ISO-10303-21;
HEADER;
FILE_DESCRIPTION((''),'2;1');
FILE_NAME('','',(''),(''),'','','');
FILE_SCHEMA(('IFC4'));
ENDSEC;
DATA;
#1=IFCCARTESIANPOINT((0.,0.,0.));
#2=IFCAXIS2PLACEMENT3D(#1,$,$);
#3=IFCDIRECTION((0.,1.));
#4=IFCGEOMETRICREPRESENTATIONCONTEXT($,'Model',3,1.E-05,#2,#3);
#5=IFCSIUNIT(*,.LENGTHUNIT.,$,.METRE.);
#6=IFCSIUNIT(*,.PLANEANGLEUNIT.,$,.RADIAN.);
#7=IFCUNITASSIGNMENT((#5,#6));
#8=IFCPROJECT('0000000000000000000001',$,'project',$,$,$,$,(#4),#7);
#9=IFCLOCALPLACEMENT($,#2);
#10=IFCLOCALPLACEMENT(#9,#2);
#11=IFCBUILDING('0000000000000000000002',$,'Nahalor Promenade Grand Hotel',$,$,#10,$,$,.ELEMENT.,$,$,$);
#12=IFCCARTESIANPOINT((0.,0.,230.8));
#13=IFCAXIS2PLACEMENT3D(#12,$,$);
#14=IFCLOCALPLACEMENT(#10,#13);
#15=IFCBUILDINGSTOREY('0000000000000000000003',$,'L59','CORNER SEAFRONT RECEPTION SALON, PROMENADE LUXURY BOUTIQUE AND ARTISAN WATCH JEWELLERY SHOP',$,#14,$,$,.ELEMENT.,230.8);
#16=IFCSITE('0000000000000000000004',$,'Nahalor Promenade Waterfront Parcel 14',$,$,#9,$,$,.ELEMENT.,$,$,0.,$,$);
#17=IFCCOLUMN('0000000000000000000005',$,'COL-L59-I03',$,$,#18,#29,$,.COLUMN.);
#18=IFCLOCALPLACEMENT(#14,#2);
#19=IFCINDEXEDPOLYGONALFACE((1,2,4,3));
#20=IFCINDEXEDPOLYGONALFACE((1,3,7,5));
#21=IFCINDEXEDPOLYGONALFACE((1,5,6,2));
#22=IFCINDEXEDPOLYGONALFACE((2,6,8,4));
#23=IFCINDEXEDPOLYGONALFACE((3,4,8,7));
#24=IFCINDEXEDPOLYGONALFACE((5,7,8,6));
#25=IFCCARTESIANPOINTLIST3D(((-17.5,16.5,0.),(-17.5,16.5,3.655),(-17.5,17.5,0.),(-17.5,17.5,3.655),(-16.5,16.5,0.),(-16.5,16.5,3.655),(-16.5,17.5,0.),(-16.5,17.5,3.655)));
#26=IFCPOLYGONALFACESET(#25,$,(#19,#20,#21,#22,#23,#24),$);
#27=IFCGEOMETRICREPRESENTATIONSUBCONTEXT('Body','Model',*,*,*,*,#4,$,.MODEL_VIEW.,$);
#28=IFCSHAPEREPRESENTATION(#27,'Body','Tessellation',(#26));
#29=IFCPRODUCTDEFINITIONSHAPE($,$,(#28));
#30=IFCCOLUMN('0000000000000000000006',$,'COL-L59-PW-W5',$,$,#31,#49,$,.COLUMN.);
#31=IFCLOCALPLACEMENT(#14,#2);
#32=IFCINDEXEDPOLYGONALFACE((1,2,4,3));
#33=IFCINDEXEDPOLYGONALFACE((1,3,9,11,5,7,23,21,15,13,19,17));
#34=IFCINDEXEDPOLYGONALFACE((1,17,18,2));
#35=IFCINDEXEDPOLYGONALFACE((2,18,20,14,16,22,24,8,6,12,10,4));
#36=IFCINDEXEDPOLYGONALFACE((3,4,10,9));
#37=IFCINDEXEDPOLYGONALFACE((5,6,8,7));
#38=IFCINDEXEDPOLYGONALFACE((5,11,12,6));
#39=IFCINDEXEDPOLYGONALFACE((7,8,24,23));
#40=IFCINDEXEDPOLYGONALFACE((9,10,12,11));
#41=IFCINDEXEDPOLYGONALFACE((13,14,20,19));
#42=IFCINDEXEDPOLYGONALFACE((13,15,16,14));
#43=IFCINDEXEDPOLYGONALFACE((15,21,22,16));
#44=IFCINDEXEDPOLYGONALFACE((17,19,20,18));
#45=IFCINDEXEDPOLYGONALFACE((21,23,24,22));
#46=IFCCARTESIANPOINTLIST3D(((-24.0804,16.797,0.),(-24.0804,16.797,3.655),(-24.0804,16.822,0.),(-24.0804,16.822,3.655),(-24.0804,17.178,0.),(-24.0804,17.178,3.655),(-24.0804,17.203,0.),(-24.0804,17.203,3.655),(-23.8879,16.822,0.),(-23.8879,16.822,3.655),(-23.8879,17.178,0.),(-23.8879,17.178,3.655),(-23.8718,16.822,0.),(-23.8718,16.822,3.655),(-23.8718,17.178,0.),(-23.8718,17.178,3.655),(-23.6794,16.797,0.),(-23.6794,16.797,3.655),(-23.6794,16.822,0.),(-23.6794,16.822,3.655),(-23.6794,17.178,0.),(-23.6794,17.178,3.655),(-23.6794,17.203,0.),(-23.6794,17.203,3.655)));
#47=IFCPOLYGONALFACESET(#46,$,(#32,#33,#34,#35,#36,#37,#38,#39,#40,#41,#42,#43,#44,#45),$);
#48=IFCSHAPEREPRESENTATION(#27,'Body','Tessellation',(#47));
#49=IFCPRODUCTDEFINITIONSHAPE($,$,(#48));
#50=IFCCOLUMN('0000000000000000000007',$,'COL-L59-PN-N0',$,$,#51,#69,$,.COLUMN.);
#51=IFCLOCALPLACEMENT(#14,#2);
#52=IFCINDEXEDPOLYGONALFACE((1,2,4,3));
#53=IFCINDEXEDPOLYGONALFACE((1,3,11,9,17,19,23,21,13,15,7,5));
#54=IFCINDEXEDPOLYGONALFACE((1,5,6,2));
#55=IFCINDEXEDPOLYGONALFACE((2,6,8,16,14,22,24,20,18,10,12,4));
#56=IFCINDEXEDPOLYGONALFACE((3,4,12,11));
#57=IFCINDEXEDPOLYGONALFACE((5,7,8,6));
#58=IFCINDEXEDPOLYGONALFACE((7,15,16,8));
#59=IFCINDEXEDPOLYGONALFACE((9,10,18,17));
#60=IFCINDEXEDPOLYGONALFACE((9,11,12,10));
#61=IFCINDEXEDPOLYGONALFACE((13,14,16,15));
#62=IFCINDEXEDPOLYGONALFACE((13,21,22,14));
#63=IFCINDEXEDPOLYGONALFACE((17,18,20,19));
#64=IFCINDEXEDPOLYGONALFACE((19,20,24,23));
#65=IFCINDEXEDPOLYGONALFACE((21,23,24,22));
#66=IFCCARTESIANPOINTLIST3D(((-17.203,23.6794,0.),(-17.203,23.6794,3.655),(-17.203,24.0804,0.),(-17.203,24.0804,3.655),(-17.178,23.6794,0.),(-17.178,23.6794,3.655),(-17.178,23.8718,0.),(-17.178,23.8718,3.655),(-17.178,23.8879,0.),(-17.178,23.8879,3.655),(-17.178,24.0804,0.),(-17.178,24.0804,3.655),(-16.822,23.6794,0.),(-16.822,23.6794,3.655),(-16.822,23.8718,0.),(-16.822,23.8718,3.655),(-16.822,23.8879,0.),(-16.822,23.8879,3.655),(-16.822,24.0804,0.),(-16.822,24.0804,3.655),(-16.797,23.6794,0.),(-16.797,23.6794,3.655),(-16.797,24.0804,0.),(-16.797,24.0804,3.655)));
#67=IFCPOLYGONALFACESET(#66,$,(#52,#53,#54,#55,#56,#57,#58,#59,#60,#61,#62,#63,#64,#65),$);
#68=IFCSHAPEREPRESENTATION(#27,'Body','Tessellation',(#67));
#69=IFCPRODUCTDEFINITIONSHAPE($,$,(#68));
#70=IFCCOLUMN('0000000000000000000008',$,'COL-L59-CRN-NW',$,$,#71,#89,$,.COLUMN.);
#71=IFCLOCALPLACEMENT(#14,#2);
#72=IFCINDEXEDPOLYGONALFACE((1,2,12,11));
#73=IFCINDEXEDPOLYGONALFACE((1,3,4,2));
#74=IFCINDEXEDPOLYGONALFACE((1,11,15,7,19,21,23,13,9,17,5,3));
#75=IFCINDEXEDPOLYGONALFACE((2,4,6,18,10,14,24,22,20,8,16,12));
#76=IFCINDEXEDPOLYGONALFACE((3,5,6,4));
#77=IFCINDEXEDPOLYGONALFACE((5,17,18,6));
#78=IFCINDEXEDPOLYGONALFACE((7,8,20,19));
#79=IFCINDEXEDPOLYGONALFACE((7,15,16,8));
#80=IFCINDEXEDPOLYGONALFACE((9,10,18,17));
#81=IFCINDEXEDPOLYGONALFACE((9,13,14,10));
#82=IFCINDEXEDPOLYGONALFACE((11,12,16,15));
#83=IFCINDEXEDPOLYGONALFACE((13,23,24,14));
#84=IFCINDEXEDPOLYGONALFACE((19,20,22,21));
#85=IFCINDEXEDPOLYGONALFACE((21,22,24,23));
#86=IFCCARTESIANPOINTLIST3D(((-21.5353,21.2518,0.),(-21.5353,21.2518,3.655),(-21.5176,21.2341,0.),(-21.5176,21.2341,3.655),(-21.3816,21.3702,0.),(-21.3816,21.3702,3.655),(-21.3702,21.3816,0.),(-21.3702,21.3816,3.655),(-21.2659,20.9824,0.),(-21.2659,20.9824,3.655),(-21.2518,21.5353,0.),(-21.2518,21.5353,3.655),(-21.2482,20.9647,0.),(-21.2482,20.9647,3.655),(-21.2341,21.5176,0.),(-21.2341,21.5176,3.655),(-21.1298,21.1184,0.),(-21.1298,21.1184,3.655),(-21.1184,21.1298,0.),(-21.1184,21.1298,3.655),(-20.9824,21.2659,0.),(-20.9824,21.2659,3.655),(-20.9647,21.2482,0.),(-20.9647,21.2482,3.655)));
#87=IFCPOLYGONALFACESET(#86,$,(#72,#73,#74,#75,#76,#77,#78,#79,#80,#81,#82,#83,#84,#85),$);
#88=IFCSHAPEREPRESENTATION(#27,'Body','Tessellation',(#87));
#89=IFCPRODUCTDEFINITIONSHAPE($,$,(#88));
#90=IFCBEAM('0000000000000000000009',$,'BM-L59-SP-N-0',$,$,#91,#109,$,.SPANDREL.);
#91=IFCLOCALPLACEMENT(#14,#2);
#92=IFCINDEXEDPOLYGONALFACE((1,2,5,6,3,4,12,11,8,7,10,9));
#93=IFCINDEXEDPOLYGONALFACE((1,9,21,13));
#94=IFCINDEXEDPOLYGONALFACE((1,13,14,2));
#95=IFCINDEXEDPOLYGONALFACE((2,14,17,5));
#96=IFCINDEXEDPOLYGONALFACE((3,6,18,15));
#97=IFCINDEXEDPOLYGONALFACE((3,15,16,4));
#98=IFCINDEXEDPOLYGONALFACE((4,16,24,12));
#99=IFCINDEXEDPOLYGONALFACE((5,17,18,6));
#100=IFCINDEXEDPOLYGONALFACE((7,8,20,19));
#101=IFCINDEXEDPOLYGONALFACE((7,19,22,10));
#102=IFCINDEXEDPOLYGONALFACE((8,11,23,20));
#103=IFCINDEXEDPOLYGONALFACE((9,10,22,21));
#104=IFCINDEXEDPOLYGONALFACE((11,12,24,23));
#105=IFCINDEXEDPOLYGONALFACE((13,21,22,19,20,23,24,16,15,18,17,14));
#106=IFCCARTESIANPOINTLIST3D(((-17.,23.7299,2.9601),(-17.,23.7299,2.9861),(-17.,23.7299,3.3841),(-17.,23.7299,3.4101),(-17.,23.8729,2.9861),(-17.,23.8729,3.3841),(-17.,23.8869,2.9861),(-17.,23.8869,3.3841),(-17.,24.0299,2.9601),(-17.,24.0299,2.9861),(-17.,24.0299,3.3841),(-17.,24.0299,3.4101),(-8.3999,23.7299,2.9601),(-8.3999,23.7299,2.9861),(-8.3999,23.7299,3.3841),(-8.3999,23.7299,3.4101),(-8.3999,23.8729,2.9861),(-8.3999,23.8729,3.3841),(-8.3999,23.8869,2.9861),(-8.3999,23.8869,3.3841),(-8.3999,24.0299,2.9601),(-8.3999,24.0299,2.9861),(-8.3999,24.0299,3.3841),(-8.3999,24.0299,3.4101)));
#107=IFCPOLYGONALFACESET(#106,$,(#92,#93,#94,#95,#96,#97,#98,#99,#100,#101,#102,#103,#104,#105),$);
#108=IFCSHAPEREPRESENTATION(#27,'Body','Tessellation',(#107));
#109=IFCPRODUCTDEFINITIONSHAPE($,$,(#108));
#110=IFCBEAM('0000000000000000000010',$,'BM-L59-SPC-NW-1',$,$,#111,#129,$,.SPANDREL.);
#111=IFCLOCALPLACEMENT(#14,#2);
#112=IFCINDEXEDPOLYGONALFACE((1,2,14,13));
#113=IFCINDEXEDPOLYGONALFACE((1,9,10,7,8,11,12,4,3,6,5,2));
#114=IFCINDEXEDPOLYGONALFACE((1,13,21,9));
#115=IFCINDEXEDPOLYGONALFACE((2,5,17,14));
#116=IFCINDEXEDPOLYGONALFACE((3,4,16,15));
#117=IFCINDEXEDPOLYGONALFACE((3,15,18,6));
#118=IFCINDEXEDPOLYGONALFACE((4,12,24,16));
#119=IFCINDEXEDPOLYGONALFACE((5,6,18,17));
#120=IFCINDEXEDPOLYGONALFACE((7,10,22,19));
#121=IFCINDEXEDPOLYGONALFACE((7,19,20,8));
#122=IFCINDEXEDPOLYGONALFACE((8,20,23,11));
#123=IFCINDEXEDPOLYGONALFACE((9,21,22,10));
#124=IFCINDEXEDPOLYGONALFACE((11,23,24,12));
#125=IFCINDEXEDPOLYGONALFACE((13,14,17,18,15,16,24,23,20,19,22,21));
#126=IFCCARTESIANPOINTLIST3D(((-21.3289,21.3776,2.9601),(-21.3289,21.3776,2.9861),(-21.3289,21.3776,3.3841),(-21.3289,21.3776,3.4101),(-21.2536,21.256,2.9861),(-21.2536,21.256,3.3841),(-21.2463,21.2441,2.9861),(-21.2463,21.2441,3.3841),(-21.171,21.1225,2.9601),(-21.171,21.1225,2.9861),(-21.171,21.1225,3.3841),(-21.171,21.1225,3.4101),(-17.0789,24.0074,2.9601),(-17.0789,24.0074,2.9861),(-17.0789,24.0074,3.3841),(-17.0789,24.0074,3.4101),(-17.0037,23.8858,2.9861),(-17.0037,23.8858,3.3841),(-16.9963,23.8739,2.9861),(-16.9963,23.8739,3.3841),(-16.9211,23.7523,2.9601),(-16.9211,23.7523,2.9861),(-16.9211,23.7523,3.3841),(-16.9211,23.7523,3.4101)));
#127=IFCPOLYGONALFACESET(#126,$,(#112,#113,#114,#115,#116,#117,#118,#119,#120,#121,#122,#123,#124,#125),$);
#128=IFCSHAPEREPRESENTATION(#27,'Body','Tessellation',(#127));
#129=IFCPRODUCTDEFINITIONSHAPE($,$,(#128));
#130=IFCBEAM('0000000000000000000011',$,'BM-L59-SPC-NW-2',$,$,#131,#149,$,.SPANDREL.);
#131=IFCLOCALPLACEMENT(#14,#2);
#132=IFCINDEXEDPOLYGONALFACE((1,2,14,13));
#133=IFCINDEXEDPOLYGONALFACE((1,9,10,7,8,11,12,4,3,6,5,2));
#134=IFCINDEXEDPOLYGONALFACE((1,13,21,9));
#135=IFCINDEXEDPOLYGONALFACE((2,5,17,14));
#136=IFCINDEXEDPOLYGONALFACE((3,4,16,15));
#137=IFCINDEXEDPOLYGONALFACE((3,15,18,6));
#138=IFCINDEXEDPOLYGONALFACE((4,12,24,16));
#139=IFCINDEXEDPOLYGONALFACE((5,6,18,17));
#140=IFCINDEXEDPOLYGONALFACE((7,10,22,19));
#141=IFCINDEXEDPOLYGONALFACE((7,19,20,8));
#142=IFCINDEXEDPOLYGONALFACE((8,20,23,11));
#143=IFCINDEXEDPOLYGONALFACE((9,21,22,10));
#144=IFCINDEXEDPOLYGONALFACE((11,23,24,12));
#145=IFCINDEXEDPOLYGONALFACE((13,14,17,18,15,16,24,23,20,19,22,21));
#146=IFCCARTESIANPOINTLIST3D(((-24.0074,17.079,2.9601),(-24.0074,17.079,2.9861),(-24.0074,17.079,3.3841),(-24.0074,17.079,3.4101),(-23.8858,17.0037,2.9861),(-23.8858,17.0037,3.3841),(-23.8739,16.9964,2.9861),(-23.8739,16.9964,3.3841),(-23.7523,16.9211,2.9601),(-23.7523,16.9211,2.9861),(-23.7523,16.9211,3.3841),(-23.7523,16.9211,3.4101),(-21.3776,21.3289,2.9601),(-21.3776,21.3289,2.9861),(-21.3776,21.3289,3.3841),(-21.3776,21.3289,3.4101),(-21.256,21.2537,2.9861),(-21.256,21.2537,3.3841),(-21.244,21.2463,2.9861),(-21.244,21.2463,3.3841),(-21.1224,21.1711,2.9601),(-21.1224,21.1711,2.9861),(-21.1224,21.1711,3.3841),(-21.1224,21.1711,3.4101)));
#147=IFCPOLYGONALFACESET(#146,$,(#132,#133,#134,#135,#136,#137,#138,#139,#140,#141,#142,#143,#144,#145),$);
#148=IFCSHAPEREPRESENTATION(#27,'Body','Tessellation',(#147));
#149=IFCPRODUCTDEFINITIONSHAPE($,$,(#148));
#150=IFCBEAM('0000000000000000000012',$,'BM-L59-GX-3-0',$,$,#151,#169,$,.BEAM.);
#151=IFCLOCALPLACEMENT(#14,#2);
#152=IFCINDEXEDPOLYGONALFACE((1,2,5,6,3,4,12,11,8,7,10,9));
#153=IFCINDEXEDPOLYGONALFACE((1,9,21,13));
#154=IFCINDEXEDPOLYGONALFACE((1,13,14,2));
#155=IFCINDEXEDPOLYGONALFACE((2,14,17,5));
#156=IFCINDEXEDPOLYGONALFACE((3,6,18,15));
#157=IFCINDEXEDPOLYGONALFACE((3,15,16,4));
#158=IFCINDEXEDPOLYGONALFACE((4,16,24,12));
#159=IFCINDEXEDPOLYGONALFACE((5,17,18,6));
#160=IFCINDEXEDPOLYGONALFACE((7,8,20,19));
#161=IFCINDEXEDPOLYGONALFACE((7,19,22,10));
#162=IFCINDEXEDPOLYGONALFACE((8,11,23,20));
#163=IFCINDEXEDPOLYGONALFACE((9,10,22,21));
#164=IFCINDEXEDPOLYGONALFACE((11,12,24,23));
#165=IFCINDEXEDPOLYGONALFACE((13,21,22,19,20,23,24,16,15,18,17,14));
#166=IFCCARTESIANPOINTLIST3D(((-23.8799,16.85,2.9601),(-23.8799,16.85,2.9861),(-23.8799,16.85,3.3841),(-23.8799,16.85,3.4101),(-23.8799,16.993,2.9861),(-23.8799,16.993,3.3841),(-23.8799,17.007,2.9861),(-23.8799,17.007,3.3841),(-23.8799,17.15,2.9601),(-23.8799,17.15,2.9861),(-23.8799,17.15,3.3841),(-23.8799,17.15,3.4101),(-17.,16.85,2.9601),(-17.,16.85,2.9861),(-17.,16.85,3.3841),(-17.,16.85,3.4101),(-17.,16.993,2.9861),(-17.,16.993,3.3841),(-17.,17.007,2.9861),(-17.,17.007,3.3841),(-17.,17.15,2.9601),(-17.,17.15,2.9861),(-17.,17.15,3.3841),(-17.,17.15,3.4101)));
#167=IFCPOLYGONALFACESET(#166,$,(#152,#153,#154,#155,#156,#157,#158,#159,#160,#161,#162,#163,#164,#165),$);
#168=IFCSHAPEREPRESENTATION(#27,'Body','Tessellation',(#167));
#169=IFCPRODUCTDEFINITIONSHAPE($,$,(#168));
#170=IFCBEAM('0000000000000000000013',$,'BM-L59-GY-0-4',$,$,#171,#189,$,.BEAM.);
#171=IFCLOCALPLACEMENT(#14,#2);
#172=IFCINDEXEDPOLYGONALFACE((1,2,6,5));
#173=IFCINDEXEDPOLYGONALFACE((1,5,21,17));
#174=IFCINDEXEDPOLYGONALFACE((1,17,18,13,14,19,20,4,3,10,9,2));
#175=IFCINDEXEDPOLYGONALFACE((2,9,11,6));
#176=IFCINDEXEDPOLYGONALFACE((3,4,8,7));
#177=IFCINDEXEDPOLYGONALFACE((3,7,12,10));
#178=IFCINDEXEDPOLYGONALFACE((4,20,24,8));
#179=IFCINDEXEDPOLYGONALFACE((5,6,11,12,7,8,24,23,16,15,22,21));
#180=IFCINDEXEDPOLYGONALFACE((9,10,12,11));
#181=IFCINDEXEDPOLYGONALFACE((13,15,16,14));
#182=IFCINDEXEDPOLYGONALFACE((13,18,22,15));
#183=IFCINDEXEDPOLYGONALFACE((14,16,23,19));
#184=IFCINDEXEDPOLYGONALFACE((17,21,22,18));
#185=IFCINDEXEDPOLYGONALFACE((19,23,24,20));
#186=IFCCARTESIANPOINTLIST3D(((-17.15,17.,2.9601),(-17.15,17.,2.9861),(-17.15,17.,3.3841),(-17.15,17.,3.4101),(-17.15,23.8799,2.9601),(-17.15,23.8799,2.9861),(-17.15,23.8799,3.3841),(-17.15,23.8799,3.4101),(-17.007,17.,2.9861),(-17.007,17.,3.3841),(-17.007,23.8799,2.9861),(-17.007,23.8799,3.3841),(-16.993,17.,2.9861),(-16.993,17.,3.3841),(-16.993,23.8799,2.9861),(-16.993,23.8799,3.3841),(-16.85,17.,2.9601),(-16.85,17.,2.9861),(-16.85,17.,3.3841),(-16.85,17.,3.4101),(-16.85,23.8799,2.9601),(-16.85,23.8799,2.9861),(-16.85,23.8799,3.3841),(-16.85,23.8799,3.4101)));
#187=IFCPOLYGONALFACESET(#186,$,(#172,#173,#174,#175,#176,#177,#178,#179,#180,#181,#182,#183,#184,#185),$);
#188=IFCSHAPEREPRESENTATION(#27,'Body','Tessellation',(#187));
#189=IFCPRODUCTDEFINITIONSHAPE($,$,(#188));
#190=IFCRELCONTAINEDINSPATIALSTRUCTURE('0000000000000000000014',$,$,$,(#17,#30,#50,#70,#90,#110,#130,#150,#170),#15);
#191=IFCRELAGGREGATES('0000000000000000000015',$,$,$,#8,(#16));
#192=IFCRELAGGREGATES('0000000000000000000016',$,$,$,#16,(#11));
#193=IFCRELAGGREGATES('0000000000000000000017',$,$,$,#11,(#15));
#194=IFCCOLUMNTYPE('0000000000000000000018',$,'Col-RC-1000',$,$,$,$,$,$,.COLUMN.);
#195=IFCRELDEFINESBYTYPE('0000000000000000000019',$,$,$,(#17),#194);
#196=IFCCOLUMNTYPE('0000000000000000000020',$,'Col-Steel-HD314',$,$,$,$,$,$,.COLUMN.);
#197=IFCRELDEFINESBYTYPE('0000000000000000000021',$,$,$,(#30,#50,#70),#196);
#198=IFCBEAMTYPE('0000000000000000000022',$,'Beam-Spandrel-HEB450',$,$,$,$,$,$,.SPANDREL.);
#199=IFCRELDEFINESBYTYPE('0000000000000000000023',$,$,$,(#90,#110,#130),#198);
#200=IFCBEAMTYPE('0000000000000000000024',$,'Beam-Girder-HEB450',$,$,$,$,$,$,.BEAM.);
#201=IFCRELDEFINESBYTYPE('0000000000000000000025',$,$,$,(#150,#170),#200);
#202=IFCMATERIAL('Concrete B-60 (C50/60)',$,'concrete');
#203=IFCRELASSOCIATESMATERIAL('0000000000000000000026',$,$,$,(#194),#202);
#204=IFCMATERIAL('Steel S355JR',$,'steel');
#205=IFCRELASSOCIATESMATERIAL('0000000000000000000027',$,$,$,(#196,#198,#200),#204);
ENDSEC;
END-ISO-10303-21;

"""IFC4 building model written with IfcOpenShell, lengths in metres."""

from ifc_helpers import new_model, si_unit, direction, frame, origin, origin_2d, place, context, subcontext, project, spatial, rectangle, i_section, extrude, source, transform, mapped, material, material_profile, profile_set, type_object, element, save


model = new_model("IFC4")

# Units and contexts
model_context = context("Model", 3, precision=1e-05, world=origin(), true_north=direction((0.0, 1.0)))
body_context = subcontext(model_context, "Body", "Model", "MODEL_VIEW")
ifc_project = project(units=[si_unit("LENGTHUNIT", "METRE"), si_unit("PLANEANGLEUNIT", "RADIAN")], contexts=[model_context])

# Site, building, storey
site_placement = place(None, origin())
site = spatial("IfcSite", under=ifc_project, at=site_placement, Name="Nahalor Promenade Waterfront Parcel 14", CompositionType="ELEMENT", RefElevation=0.0)
building_placement = place(site_placement, origin())
building = spatial("IfcBuilding", under=site, at=building_placement, Name="Nahalor Promenade Grand Hotel", CompositionType="ELEMENT")
storey_placement = place(building_placement, frame((0.0, 0.0, 230.8)))
storey = spatial("IfcBuildingStorey", under=building, at=storey_placement, Name="L59", Description="CORNER SEAFRONT RECEPTION SALON, PROMENADE LUXURY BOUTIQUE AND ARTISAN WATCH JEWELLERY SHOP", CompositionType="ELEMENT", Elevation=230.8)

# Columns
ifc_material_1 = material(Name="Concrete B-60 (C50/60)", Category="concrete")
ifc_material_profile_1 = material_profile(ifc_material_1, rectangle(XDim=1.0, YDim=1.0, at=origin_2d()), Name="RC 1000x1000")
ifc_profile_set_1 = profile_set([ifc_material_profile_1], Name="Concrete B-60 (C50/60)")
column_type_1 = type_object("IfcColumnType", Name="Col-RC-1000", PredefinedType="COLUMN", material=ifc_profile_set_1)
shared_shape_1 = source(origin(), body_context, "Body", "SweptSolid", [
    extrude(rectangle(XDim=1.0, YDim=1.0, at=origin_2d()), origin(), (0.0, 0.0, 1.0), 3.655),
])
column_placement = place(storey_placement, frame((-17.0, 17.0, 0.0), z_axis=(0.0, 0.0, 1.0), x_axis=(1.0, 0.0, 0.0)))
element("IfcColumn", 1, at=column_placement, inside=storey, type_object=column_type_1, Name="COL-L59-I03", PredefinedType="COLUMN", context=body_context, shape_type="MappedRepresentation", body=[
    mapped(shared_shape_1, transform((0.0, 0.0, 0.0), scale=1.0)),
])
ifc_material_2 = material(Name="Steel S355JR", Category="steel")
ifc_material_profile_2 = material_profile(ifc_material_2, i_section(OverallWidth=0.401, OverallDepth=0.406, WebThickness=0.0161, FlangeThickness=0.025, at=origin_2d()), Name="HD 400x314")
ifc_profile_set_2 = profile_set([ifc_material_profile_2], Name="Steel S355JR")
column_type_2 = type_object("IfcColumnType", Name="Col-Steel-HD314", PredefinedType="COLUMN", material=ifc_profile_set_2)
shared_shape_2 = source(origin(), body_context, "Body", "SweptSolid", [
    extrude(i_section(OverallWidth=0.401, OverallDepth=0.406, WebThickness=0.0161, FlangeThickness=0.025, at=origin_2d()), origin(), (0.0, 0.0, 1.0), 3.655),
])
for number, where, z_axis, x_axis, name in (
    (2, (-23.8799, 17.0, 0.0), (0.0, 0.0, 1.0), (1.0, 0.0, 0.0), "COL-L59-PW-W5"),
    (3, (-17.0, 23.8799, 0.0), (0.0, 0.0, 1.0), (0.0, 1.0, 0.0), "COL-L59-PN-N0"),
    (4, (-21.25, 21.25, 0.0), (0.0, 0.0, 1.0), (0.707107, 0.707107, 0.0), "COL-L59-CRN-NW"),
):
    element("IfcColumn", number, at=place(storey_placement, frame(where, z_axis=z_axis, x_axis=x_axis)), inside=storey, type_object=column_type_2, Name=name, PredefinedType="COLUMN", context=body_context, shape_type="MappedRepresentation", body=[
        mapped(shared_shape_2, transform((0.0, 0.0, 0.0), scale=1.0)),
    ])

# Beams
ifc_material_profile_3 = material_profile(ifc_material_2, i_section(OverallWidth=0.3, OverallDepth=0.45, WebThickness=0.014, FlangeThickness=0.026, at=origin_2d()), Name="HEB 450")
ifc_profile_set_3 = profile_set([ifc_material_profile_3], Name="Steel S355JR")
beam_type_1 = type_object("IfcBeamType", Name="Beam-Spandrel-HEB450", PredefinedType="SPANDREL", material=ifc_profile_set_3)
shared_shape_3 = source(origin(), body_context, "Body", "SweptSolid", [
    extrude(i_section(OverallWidth=0.3, OverallDepth=0.45, WebThickness=0.014, FlangeThickness=0.026, at=origin_2d()), origin(), (0.0, 0.0, 1.0), 8.6001),
])
beam_1_placement = place(storey_placement, frame((-17.0, 23.8799, 3.1851), z_axis=(1.0, 0.0, 0.0), x_axis=(0.0, 1.0, 0.0)))
element("IfcBeam", 5, at=beam_1_placement, inside=storey, type_object=beam_type_1, Name="BM-L59-SP-N-0", PredefinedType="SPANDREL", context=body_context, shape_type="MappedRepresentation", body=[
    mapped(shared_shape_3, transform((0.0, 0.0, 0.0), scale=1.0)),
])
shared_shape_4 = source(origin(), body_context, "Body", "SweptSolid", [
    extrude(i_section(OverallWidth=0.3, OverallDepth=0.45, WebThickness=0.014, FlangeThickness=0.026, at=origin_2d()), origin(), (0.0, 0.0, 1.0), 4.9978),
])
for number, where, z_axis, x_axis, name in (
    (6, (-17.0, 23.8799, 3.1851), (-0.850361, -0.5262, 0.0), (0.5262, -0.850361, 0.0), "BM-L59-SPC-NW-1"),
    (7, (-21.25, 21.25, 3.1851), (-0.5262, -0.850361, 0.0), (0.850361, -0.5262, 0.0), "BM-L59-SPC-NW-2"),
):
    element("IfcBeam", number, at=place(storey_placement, frame(where, z_axis=z_axis, x_axis=x_axis)), inside=storey, type_object=beam_type_1, Name=name, PredefinedType="SPANDREL", context=body_context, shape_type="MappedRepresentation", body=[
        mapped(shared_shape_4, transform((0.0, 0.0, 0.0), scale=1.0)),
    ])
ifc_material_profile_4 = material_profile(ifc_material_2, i_section(OverallWidth=0.3, OverallDepth=0.45, WebThickness=0.014, FlangeThickness=0.026, at=origin_2d()), Name="HEB 450")
ifc_profile_set_4 = profile_set([ifc_material_profile_4], Name="Steel S355JR")
beam_type_2 = type_object("IfcBeamType", Name="Beam-Girder-HEB450", PredefinedType="BEAM", material=ifc_profile_set_4)
shared_shape_5 = source(origin(), body_context, "Body", "SweptSolid", [
    extrude(i_section(OverallWidth=0.3, OverallDepth=0.45, WebThickness=0.014, FlangeThickness=0.026, at=origin_2d()), origin(), (0.0, 0.0, 1.0), 6.8799),
])
for number, where, z_axis, x_axis, name in (
    (8, (-23.8799, 17.0, 3.1851), (1.0, 0.0, 0.0), (0.0, 1.0, 0.0), "BM-L59-GX-3-0"),
    (9, (-17.0, 17.0, 3.1851), (0.0, 1.0, 0.0), (-1.0, 0.0, 0.0), "BM-L59-GY-0-4"),
):
    element("IfcBeam", number, at=place(storey_placement, frame(where, z_axis=z_axis, x_axis=x_axis)), inside=storey, type_object=beam_type_2, Name=name, PredefinedType="BEAM", context=body_context, shape_type="MappedRepresentation", body=[
        mapped(shared_shape_5, transform((0.0, 0.0, 0.0), scale=1.0)),
    ])

save(model, "model.ifc")
